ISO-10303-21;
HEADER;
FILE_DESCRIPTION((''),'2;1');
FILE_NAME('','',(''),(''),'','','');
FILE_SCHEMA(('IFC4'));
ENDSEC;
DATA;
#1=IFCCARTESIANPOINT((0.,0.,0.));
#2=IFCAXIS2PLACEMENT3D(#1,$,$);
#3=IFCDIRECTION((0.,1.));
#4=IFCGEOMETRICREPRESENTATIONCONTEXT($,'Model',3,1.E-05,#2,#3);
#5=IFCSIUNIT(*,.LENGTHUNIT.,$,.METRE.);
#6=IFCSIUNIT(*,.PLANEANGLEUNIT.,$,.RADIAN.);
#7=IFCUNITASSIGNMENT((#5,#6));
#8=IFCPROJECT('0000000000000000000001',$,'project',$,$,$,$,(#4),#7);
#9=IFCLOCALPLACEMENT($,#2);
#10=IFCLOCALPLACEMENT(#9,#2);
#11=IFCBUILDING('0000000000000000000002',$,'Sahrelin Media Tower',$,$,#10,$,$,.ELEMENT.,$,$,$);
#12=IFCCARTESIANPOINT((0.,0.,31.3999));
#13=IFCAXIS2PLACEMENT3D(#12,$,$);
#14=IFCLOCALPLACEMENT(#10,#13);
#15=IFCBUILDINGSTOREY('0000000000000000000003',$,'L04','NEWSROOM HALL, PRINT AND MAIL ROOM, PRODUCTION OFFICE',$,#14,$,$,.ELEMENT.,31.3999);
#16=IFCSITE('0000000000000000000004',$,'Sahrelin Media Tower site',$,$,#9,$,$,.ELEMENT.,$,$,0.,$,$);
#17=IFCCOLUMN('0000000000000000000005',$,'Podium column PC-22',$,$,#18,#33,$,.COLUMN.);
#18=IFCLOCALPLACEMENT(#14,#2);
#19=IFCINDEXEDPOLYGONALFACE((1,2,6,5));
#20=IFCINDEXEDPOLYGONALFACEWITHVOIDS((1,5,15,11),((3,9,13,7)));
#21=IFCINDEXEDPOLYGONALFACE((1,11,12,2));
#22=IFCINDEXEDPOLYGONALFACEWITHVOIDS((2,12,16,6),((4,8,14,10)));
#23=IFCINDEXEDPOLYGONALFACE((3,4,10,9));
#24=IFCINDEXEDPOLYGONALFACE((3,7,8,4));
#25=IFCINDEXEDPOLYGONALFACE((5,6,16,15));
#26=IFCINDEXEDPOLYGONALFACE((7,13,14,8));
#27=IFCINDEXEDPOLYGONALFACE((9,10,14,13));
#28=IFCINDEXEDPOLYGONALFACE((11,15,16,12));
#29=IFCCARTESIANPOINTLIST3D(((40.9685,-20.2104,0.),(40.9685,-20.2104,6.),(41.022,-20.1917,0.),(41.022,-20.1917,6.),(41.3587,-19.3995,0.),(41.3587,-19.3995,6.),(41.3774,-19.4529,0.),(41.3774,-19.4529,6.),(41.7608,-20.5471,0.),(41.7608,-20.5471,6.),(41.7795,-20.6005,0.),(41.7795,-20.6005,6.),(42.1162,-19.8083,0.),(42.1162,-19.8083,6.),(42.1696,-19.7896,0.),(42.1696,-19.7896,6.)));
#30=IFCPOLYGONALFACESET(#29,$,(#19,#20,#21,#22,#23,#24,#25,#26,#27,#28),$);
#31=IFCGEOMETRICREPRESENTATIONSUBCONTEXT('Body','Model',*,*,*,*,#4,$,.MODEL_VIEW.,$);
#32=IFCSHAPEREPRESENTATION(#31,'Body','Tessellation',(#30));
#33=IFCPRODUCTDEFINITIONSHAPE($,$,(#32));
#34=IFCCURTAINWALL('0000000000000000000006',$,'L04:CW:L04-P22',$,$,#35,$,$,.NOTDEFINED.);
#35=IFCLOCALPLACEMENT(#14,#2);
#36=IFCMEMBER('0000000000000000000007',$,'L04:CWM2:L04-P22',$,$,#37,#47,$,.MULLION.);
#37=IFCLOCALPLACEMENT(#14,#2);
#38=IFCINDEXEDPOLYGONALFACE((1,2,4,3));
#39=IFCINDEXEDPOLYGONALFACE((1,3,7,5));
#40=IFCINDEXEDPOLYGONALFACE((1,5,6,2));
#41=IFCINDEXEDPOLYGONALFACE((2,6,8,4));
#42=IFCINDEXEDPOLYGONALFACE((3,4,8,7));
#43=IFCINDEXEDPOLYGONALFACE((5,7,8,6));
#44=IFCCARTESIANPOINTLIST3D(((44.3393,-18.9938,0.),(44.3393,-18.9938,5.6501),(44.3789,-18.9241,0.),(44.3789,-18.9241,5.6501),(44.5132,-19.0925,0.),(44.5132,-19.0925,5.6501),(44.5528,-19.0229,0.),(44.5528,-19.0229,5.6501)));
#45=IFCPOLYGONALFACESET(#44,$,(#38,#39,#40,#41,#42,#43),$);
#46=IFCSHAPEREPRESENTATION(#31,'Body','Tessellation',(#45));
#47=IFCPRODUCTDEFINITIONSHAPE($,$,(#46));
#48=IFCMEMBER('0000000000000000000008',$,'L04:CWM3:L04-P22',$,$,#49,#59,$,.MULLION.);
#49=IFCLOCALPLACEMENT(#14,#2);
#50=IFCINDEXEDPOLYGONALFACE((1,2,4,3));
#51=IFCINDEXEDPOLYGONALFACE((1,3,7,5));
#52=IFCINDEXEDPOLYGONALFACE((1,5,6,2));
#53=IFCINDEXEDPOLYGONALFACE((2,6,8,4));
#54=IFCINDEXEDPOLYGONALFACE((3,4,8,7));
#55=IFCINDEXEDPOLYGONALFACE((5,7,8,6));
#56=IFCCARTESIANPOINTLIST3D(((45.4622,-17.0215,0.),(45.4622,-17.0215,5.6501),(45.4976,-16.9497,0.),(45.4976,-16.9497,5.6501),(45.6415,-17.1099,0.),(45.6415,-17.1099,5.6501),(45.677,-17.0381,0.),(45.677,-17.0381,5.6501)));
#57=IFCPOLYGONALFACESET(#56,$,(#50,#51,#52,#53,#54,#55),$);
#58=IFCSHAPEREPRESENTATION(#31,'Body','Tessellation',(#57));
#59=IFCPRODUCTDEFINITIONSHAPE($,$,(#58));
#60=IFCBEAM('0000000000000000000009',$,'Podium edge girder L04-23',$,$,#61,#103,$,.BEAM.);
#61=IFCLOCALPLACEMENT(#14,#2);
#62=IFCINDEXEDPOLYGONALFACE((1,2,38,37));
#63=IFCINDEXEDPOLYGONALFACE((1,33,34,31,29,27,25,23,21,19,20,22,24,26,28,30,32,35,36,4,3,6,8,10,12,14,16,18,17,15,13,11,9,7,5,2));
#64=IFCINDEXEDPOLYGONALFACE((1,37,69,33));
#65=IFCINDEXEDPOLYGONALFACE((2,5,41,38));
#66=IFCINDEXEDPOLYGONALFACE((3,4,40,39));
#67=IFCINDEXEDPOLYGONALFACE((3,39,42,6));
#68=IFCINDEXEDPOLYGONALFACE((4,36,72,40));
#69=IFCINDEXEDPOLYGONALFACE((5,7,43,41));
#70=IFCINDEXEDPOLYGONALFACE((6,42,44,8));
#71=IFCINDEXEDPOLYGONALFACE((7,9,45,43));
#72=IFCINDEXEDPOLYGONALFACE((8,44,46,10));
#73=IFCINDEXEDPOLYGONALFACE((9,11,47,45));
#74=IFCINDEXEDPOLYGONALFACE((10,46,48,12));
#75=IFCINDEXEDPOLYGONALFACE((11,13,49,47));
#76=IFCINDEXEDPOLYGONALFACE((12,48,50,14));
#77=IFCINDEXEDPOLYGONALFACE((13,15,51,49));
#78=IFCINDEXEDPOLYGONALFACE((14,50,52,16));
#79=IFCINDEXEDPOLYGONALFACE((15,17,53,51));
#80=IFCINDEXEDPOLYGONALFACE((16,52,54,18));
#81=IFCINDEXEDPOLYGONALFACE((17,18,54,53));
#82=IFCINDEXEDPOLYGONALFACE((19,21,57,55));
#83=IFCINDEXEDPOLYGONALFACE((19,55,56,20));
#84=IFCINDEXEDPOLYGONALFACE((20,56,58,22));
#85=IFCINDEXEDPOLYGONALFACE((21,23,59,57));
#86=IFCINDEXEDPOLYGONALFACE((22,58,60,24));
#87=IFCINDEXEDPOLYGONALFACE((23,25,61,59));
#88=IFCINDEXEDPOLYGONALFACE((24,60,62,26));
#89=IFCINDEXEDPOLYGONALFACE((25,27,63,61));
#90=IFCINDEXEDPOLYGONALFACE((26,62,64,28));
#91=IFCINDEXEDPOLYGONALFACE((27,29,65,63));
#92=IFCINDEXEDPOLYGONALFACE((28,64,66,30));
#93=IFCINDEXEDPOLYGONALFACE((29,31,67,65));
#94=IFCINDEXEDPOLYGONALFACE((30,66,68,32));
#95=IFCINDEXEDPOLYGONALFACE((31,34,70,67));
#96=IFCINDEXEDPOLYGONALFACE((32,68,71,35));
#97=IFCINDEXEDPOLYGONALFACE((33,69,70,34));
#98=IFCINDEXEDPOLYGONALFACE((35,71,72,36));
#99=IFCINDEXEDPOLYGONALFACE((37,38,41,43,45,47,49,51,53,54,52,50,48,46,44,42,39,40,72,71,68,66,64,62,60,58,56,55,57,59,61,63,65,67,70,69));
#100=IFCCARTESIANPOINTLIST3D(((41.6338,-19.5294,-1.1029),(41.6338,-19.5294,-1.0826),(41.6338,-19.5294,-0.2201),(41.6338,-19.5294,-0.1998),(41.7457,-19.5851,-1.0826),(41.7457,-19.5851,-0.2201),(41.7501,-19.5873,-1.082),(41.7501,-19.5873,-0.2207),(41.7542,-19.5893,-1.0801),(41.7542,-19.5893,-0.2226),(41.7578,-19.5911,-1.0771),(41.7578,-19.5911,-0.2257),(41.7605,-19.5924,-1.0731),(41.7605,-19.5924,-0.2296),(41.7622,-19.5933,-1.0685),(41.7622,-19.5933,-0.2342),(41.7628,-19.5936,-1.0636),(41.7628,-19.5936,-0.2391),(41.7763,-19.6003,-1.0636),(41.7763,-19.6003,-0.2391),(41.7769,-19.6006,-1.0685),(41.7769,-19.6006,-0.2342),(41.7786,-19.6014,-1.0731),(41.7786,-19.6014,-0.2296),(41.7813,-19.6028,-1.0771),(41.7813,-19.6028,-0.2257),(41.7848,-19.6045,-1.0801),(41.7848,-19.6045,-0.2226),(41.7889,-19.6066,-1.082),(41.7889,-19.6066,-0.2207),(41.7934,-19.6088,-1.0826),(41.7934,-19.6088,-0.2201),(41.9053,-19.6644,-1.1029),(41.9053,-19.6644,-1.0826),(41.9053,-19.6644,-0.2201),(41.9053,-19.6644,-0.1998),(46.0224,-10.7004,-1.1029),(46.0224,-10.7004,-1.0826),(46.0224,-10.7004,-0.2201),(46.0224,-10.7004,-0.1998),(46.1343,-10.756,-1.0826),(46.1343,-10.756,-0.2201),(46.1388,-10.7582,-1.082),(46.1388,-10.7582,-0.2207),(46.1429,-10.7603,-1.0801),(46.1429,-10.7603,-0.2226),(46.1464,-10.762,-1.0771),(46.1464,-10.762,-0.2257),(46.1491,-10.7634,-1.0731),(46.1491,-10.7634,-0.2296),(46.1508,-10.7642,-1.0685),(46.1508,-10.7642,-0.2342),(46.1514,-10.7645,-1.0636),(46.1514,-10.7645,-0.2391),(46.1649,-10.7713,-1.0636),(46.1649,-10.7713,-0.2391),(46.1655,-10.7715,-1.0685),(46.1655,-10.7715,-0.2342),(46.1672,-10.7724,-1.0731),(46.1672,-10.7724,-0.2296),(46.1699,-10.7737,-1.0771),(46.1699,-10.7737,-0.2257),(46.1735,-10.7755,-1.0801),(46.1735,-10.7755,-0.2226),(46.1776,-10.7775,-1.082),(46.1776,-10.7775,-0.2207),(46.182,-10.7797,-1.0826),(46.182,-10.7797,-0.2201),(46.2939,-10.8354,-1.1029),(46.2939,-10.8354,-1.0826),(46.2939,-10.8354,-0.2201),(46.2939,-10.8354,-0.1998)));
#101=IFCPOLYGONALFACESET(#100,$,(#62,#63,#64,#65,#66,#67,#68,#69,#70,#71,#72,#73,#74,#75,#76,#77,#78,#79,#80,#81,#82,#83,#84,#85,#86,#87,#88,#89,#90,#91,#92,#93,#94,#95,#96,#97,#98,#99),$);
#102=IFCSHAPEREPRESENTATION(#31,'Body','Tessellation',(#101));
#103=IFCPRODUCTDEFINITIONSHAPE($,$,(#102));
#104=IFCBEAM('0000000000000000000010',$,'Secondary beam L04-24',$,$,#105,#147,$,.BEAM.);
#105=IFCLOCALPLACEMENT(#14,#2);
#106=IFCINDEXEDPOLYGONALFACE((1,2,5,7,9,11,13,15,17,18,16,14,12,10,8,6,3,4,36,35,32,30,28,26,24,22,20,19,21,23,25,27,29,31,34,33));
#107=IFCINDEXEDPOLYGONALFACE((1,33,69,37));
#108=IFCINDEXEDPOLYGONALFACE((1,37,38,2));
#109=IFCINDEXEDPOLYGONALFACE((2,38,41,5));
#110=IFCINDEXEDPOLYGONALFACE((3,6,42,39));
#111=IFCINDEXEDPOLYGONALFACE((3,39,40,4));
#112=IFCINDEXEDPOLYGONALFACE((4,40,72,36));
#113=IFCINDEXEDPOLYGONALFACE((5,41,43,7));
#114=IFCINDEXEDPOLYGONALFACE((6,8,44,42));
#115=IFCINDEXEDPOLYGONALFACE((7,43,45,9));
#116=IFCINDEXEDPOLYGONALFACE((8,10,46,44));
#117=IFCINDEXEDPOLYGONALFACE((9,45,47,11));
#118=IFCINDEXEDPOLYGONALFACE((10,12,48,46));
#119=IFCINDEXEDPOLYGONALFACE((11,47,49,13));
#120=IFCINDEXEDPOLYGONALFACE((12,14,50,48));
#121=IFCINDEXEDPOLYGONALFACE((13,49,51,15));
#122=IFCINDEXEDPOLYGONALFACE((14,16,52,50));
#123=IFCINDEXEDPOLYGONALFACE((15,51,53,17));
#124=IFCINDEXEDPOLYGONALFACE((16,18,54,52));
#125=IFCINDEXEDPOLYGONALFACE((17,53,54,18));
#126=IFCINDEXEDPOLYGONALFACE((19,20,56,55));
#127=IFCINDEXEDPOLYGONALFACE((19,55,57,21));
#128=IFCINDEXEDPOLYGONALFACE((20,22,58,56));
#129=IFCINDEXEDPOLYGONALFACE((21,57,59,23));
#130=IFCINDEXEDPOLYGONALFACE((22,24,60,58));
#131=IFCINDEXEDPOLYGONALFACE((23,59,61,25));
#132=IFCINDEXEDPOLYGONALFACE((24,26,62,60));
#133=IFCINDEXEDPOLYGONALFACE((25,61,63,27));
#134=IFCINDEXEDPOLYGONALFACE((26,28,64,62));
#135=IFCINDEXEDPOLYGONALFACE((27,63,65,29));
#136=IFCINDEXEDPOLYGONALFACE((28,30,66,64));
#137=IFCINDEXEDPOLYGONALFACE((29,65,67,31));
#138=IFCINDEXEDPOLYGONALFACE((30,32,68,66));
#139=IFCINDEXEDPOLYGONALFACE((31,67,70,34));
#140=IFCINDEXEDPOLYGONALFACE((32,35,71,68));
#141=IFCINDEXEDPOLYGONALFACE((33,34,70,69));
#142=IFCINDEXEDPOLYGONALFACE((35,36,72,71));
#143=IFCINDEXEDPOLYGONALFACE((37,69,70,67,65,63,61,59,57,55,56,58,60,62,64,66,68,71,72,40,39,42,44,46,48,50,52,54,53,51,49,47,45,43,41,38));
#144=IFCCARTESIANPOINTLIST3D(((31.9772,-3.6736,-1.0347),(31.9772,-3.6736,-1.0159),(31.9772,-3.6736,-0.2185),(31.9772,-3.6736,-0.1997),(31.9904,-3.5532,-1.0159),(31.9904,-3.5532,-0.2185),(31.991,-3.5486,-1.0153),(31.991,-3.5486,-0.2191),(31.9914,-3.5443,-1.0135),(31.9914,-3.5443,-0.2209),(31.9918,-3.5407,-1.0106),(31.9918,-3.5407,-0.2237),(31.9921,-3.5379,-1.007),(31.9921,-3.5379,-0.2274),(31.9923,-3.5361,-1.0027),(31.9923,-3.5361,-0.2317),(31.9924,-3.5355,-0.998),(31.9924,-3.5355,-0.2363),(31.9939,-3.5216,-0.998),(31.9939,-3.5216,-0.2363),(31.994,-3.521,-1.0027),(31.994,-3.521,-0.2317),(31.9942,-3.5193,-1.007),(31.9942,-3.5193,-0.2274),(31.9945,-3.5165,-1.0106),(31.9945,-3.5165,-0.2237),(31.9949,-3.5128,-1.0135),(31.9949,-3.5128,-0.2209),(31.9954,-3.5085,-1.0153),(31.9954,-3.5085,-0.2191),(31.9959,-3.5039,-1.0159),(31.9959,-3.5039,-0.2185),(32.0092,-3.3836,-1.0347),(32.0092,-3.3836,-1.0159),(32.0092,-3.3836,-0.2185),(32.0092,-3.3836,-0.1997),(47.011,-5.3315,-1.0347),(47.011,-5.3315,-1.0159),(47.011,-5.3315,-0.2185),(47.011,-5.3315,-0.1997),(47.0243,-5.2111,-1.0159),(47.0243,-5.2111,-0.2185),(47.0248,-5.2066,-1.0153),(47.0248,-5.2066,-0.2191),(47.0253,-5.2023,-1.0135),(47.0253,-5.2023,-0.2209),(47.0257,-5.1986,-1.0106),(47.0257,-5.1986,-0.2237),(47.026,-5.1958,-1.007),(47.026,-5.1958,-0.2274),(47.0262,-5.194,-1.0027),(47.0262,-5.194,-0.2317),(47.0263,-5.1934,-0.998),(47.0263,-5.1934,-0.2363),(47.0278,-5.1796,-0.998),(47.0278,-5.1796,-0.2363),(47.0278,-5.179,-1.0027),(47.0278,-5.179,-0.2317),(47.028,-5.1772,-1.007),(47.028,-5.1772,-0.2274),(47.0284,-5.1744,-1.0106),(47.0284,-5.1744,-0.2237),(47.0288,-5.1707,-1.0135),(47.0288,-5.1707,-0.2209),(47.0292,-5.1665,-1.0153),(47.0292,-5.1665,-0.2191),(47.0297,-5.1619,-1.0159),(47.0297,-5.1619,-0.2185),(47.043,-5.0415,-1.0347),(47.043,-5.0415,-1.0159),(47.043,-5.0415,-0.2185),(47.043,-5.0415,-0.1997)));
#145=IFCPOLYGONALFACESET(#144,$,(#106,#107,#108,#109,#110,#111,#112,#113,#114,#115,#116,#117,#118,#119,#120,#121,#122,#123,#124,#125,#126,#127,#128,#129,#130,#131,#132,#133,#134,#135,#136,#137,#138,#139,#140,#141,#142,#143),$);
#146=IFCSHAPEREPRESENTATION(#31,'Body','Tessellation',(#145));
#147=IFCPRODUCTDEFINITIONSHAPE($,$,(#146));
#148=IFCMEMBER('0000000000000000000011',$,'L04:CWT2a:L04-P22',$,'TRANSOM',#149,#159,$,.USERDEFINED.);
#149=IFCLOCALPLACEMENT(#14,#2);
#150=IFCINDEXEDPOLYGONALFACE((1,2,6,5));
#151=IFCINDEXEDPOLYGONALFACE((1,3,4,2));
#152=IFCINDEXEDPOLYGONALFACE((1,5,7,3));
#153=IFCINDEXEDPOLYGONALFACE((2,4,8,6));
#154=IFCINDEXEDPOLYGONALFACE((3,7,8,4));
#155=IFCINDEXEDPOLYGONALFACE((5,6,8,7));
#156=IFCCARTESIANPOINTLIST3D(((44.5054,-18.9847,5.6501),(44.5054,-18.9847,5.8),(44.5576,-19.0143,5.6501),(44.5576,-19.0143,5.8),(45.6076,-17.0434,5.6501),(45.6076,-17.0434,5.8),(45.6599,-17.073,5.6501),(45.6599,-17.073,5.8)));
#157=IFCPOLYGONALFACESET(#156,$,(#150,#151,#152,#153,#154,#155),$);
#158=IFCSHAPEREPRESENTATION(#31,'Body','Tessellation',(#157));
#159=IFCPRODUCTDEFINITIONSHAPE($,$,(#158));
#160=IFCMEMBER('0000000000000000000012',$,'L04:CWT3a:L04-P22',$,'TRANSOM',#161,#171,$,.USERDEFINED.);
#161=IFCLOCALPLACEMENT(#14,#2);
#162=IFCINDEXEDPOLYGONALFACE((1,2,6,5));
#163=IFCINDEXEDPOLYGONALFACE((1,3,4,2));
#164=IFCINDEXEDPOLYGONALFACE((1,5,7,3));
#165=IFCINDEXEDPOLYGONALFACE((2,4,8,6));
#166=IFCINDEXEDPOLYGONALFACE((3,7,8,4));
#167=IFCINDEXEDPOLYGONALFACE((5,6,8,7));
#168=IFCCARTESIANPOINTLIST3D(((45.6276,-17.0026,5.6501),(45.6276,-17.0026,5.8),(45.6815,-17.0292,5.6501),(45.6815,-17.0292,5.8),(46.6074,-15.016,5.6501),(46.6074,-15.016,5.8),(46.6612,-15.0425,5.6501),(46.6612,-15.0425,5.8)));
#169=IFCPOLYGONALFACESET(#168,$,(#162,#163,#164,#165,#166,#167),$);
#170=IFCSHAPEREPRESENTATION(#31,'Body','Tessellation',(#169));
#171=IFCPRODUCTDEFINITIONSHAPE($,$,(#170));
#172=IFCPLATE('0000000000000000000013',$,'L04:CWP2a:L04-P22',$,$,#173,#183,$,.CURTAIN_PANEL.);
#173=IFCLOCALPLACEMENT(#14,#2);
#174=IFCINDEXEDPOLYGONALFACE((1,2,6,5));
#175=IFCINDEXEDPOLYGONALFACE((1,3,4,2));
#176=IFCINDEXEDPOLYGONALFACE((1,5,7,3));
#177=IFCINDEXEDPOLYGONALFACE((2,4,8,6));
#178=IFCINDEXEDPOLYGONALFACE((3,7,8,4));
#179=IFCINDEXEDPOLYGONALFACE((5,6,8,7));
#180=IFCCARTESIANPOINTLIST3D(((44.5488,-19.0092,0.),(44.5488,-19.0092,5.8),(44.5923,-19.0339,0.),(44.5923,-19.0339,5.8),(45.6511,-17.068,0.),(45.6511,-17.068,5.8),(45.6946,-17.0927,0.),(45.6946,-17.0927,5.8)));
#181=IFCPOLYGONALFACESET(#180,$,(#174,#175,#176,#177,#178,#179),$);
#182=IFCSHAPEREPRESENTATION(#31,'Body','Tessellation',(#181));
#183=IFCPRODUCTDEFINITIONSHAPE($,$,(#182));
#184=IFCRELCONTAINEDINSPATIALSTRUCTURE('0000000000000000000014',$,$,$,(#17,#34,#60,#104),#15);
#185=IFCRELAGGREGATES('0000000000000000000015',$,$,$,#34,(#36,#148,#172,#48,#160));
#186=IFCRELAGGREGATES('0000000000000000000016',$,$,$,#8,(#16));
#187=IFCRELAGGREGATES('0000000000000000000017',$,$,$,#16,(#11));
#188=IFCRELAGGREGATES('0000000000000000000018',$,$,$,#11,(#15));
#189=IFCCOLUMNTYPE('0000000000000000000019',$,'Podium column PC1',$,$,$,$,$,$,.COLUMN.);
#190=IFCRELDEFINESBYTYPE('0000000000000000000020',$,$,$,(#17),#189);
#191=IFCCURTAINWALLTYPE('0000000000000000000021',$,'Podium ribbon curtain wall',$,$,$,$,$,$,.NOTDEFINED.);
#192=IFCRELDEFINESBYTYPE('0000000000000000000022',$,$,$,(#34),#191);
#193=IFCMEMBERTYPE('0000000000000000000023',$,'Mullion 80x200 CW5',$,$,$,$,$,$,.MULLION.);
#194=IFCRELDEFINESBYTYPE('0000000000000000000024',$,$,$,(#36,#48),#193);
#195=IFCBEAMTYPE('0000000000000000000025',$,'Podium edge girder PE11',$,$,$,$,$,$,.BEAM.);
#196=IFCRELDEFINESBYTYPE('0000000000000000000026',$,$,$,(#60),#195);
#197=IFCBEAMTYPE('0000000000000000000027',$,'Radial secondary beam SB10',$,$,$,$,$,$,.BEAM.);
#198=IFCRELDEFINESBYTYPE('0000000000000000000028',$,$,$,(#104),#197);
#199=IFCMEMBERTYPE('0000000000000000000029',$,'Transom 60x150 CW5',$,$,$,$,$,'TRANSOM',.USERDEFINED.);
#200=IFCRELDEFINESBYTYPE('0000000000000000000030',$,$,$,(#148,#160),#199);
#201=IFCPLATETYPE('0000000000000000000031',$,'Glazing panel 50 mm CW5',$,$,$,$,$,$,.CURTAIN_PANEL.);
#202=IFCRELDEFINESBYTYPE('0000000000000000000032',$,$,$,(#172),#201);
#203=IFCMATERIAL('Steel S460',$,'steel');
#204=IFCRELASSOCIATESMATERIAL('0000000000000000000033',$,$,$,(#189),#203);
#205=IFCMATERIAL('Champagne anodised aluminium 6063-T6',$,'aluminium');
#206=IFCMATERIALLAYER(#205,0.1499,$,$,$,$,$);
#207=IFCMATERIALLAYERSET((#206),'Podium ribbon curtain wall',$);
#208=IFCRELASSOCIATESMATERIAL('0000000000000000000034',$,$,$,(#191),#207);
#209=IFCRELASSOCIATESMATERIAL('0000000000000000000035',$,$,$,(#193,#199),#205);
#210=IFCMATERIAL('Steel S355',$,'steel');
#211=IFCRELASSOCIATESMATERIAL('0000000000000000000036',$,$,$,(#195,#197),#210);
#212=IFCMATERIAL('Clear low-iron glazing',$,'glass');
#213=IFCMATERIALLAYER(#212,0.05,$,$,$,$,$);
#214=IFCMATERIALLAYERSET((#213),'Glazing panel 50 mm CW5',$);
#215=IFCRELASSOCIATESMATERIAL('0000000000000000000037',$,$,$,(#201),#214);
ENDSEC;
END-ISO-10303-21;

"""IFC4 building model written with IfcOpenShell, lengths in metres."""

from ifc_helpers import new_model, si_unit, direction, frame, origin, origin_2d, place, context, subcontext, project, spatial, polyline, rectangle, hollow_rectangle, i_section, outline, extrude, material, layer, layer_set, material_profile, profile_set, type_object, element, aggregate, save


model = new_model("IFC4")

# Units and contexts
model_context = context("Model", 3, precision=1e-05, world=origin(), true_north=direction((0.0, 1.0)))
body_context = subcontext(model_context, "Body", "Model", "MODEL_VIEW")
ifc_project = project(units=[si_unit("LENGTHUNIT", "METRE"), si_unit("PLANEANGLEUNIT", "RADIAN")], contexts=[model_context])

# Site, building, storey
site_placement = place(None, origin())
site = spatial("IfcSite", under=ifc_project, at=site_placement, Name="Sahrelin Media Tower site", CompositionType="ELEMENT", RefElevation=0.0)
building_placement = place(site_placement, origin())
building = spatial("IfcBuilding", under=site, at=building_placement, Name="Sahrelin Media Tower", CompositionType="ELEMENT")
storey_placement = place(building_placement, frame((0.0, 0.0, 31.3999)))
storey = spatial("IfcBuildingStorey", under=building, at=storey_placement, Name="L04", Description="NEWSROOM HALL, PRINT AND MAIL ROOM, PRODUCTION OFFICE", CompositionType="ELEMENT", Elevation=31.3999)

# Column
ifc_material_1 = material(Name="Steel S460", Category="steel")
ifc_material_profile_1 = material_profile(ifc_material_1, hollow_rectangle(XDim=0.8999, YDim=0.8999, WallThickness=0.04, at=origin_2d()), Name="Podium column PC1")
ifc_profile_set_1 = profile_set([ifc_material_profile_1], Name="Steel S460")
column_type = type_object("IfcColumnType", Name="Podium column PC1", PredefinedType="COLUMN", material=ifc_profile_set_1)
column_placement = place(storey_placement, frame((41.5691, -20.0, 0.0), z_axis=(0.0, 0.0, 1.0), x_axis=(0.901127, -0.433555, 0.0)))
element("IfcColumn", 1, at=column_placement, inside=storey, type_object=column_type, Name="Podium column PC-22", PredefinedType="COLUMN", context=body_context, shape_type="SweptSolid", body=[
    extrude(hollow_rectangle(XDim=0.8999, YDim=0.8999, WallThickness=0.04, at=origin_2d()), origin(), (0.0, 0.0, 1.0), 6.0),
])

# Curtain wall, members
ifc_material_2 = material(Name="Champagne anodised aluminium 6063-T6", Category="aluminium")
ifc_layer_1 = layer(ifc_material_2, 0.1499)
ifc_layer_set_1 = layer_set([ifc_layer_1], Name="Podium ribbon curtain wall")
curtain_wall_type = type_object("IfcCurtainWallType", Name="Podium ribbon curtain wall", PredefinedType="NOTDEFINED", material=ifc_layer_set_1)
curtain_wall_placement = place(storey_placement, frame((43.3013, -21.0, 0.0), z_axis=(0.0, 0.0, 1.0), x_axis=(1.0, 0.0, 0.0)))
curtain_wall = element("IfcCurtainWall", 2, at=curtain_wall_placement, inside=storey, type_object=curtain_wall_type, Name="L04:CW:L04-P22", PredefinedType="NOTDEFINED")
ifc_material_profile_2 = material_profile(ifc_material_2, rectangle(XDim=0.0801, YDim=0.2, at=origin_2d()), Name="Mullion 80x200")
ifc_profile_set_2 = profile_set([ifc_material_profile_2], Name="Champagne anodised aluminium 6063-T6")
member_type_1 = type_object("IfcMemberType", Name="Mullion 80x200 CW5", PredefinedType="MULLION", material=ifc_profile_set_2)
member_1_placement = place(storey_placement, frame((44.446, -19.0083, 0.0), z_axis=(0.0, 0.0, 1.0), x_axis=(0.493787, 0.869583, 0.0)))
member_1 = element("IfcMember", 3, at=member_1_placement, type_object=member_type_1, Name="L04:CWM2:L04-P22", PredefinedType="MULLION", context=body_context, shape_type="SweptSolid", body=[
    extrude(rectangle(XDim=0.0801, YDim=0.2, at=origin_2d()), origin(), (0.0, 0.0, 1.0), 5.6501),
])
member_2_placement = place(storey_placement, frame((45.5696, -17.0298, 0.0), z_axis=(0.0, 0.0, 1.0), x_axis=(0.442262, 0.896886, 0.0)))
member_2 = element("IfcMember", 4, at=member_2_placement, type_object=member_type_1, Name="L04:CWM3:L04-P22", PredefinedType="MULLION", context=body_context, shape_type="SweptSolid", body=[
    extrude(rectangle(XDim=0.0801, YDim=0.2, at=origin_2d()), origin(), (0.0, 0.0, 1.0), 5.6501),
])

# Beams
ifc_material_3 = material(Name="Steel S355", Category="steel")
ifc_material_profile_3 = material_profile(ifc_material_3, i_section(OverallWidth=0.3032, OverallDepth=0.9031, WebThickness=0.0151, FlangeThickness=0.0203, FilletRadius=0.019, at=origin_2d()), Name="UB 914x305x201")
ifc_profile_set_3 = profile_set([ifc_material_profile_3], Name="Steel S355")
beam_type_1 = type_object("IfcBeamType", Name="Podium edge girder PE11", PredefinedType="BEAM", material=ifc_profile_set_3)
beam_1_placement = place(storey_placement, frame((41.7695, -19.5969, -0.6514), z_axis=(0.445113, 0.895475, 0.0), x_axis=(-0.895475, 0.445113, 0.0)))
element("IfcBeam", 5, at=beam_1_placement, inside=storey, type_object=beam_type_1, Name="Podium edge girder L04-23", PredefinedType="BEAM", context=body_context, shape_type="SweptSolid", body=[
    extrude(i_section(OverallWidth=0.3032, OverallDepth=0.9031, WebThickness=0.0151, FlangeThickness=0.0203, FilletRadius=0.019, at=origin_2d()), origin(), (0.0, 0.0, 1.0), 9.8596),
])
ifc_material_profile_4 = material_profile(ifc_material_3, i_section(OverallWidth=0.2917, OverallDepth=0.835, WebThickness=0.0139, FlangeThickness=0.0188, FilletRadius=0.0178, at=origin_2d()), Name="UB 838x292x176")
ifc_profile_set_4 = profile_set([ifc_material_profile_4], Name="Steel S355")
beam_type_2 = type_object("IfcBeamType", Name="Radial secondary beam SB10", PredefinedType="BEAM", material=ifc_profile_set_4)
beam_2_placement = place(storey_placement, frame((31.9932, -3.5286, -0.6172), z_axis=(0.993974, -0.109617, 0.0), x_axis=(0.109617, 0.993974, 0.0)))
element("IfcBeam", 6, at=beam_2_placement, inside=storey, type_object=beam_type_2, Name="Secondary beam L04-24", PredefinedType="BEAM", context=body_context, shape_type="SweptSolid", body=[
    extrude(i_section(OverallWidth=0.2917, OverallDepth=0.835, WebThickness=0.0139, FlangeThickness=0.0188, FilletRadius=0.0178, at=origin_2d()), origin(), (0.0, 0.0, 1.0), 15.125),
])

# Members
ifc_material_profile_5 = material_profile(ifc_material_2, rectangle(XDim=0.0601, YDim=0.1499, at=origin_2d()), Name="Transom 60x150")
ifc_profile_set_5 = profile_set([ifc_material_profile_5], Name="Champagne anodised aluminium 6063-T6")
member_type_2 = type_object("IfcMemberType", Name="Transom 60x150 CW5", ElementType="TRANSOM", PredefinedType="USERDEFINED", material=ifc_profile_set_5)
member_3_placement = place(storey_placement, frame((44.5315, -18.9995, 5.7251), z_axis=(0.493746, 0.869606, 0.0), x_axis=(-0.869606, 0.493746, 0.0)))
member_3 = element("IfcMember", 7, at=member_3_placement, type_object=member_type_2, Name="L04:CWT2a:L04-P22", ObjectType="TRANSOM", PredefinedType="USERDEFINED", context=body_context, shape_type="SweptSolid", body=[
    extrude(rectangle(XDim=0.0601, YDim=0.1499, at=origin_2d()), origin(), (0.0, 0.0, 1.0), 2.2324),
])
member_4_placement = place(storey_placement, frame((45.6545, -17.0159, 5.7251), z_axis=(0.442313, 0.896861, 0.0), x_axis=(-0.896861, 0.442313, 0.0)))
member_4 = element("IfcMember", 8, at=member_4_placement, type_object=member_type_2, Name="L04:CWT3a:L04-P22", ObjectType="TRANSOM", PredefinedType="USERDEFINED", context=body_context, shape_type="SweptSolid", body=[
    extrude(rectangle(XDim=0.0601, YDim=0.1499, at=origin_2d()), origin(), (0.0, 0.0, 1.0), 2.2151),
])

# Plate
ifc_material_4 = material(Name="Clear low-iron glazing", Category="glass")
ifc_layer_2 = layer(ifc_material_4, 0.05)
ifc_layer_set_2 = layer_set([ifc_layer_2], Name="Glazing panel 50 mm CW5")
plate_type = type_object("IfcPlateType", Name="Glazing panel 50 mm CW5", PredefinedType="CURTAIN_PANEL", material=ifc_layer_set_2)
plate_1_placement = place(storey_placement, frame((44.5923, -19.0339, 0.0), z_axis=(0.869579, -0.493793, 0.0), x_axis=(0.493793, 0.869579, 0.0)))
plate_1 = element("IfcPlate", 9, at=plate_1_placement, type_object=plate_type, Name="L04:CWP2a:L04-P22", PredefinedType="CURTAIN_PANEL", context=body_context, shape_type="SweptSolid", body=[
    extrude(outline(polyline([(0.0, 0.0), (2.2324, 0.0), (2.2324, 5.8), (0.0, 5.8), (0.0, 0.0)])), origin(), (0.0, 0.0, -1.0), 0.05),
])
aggregate(curtain_wall, [member_1, member_3, plate_1, member_2, member_4])

save(model, "model.ifc")
